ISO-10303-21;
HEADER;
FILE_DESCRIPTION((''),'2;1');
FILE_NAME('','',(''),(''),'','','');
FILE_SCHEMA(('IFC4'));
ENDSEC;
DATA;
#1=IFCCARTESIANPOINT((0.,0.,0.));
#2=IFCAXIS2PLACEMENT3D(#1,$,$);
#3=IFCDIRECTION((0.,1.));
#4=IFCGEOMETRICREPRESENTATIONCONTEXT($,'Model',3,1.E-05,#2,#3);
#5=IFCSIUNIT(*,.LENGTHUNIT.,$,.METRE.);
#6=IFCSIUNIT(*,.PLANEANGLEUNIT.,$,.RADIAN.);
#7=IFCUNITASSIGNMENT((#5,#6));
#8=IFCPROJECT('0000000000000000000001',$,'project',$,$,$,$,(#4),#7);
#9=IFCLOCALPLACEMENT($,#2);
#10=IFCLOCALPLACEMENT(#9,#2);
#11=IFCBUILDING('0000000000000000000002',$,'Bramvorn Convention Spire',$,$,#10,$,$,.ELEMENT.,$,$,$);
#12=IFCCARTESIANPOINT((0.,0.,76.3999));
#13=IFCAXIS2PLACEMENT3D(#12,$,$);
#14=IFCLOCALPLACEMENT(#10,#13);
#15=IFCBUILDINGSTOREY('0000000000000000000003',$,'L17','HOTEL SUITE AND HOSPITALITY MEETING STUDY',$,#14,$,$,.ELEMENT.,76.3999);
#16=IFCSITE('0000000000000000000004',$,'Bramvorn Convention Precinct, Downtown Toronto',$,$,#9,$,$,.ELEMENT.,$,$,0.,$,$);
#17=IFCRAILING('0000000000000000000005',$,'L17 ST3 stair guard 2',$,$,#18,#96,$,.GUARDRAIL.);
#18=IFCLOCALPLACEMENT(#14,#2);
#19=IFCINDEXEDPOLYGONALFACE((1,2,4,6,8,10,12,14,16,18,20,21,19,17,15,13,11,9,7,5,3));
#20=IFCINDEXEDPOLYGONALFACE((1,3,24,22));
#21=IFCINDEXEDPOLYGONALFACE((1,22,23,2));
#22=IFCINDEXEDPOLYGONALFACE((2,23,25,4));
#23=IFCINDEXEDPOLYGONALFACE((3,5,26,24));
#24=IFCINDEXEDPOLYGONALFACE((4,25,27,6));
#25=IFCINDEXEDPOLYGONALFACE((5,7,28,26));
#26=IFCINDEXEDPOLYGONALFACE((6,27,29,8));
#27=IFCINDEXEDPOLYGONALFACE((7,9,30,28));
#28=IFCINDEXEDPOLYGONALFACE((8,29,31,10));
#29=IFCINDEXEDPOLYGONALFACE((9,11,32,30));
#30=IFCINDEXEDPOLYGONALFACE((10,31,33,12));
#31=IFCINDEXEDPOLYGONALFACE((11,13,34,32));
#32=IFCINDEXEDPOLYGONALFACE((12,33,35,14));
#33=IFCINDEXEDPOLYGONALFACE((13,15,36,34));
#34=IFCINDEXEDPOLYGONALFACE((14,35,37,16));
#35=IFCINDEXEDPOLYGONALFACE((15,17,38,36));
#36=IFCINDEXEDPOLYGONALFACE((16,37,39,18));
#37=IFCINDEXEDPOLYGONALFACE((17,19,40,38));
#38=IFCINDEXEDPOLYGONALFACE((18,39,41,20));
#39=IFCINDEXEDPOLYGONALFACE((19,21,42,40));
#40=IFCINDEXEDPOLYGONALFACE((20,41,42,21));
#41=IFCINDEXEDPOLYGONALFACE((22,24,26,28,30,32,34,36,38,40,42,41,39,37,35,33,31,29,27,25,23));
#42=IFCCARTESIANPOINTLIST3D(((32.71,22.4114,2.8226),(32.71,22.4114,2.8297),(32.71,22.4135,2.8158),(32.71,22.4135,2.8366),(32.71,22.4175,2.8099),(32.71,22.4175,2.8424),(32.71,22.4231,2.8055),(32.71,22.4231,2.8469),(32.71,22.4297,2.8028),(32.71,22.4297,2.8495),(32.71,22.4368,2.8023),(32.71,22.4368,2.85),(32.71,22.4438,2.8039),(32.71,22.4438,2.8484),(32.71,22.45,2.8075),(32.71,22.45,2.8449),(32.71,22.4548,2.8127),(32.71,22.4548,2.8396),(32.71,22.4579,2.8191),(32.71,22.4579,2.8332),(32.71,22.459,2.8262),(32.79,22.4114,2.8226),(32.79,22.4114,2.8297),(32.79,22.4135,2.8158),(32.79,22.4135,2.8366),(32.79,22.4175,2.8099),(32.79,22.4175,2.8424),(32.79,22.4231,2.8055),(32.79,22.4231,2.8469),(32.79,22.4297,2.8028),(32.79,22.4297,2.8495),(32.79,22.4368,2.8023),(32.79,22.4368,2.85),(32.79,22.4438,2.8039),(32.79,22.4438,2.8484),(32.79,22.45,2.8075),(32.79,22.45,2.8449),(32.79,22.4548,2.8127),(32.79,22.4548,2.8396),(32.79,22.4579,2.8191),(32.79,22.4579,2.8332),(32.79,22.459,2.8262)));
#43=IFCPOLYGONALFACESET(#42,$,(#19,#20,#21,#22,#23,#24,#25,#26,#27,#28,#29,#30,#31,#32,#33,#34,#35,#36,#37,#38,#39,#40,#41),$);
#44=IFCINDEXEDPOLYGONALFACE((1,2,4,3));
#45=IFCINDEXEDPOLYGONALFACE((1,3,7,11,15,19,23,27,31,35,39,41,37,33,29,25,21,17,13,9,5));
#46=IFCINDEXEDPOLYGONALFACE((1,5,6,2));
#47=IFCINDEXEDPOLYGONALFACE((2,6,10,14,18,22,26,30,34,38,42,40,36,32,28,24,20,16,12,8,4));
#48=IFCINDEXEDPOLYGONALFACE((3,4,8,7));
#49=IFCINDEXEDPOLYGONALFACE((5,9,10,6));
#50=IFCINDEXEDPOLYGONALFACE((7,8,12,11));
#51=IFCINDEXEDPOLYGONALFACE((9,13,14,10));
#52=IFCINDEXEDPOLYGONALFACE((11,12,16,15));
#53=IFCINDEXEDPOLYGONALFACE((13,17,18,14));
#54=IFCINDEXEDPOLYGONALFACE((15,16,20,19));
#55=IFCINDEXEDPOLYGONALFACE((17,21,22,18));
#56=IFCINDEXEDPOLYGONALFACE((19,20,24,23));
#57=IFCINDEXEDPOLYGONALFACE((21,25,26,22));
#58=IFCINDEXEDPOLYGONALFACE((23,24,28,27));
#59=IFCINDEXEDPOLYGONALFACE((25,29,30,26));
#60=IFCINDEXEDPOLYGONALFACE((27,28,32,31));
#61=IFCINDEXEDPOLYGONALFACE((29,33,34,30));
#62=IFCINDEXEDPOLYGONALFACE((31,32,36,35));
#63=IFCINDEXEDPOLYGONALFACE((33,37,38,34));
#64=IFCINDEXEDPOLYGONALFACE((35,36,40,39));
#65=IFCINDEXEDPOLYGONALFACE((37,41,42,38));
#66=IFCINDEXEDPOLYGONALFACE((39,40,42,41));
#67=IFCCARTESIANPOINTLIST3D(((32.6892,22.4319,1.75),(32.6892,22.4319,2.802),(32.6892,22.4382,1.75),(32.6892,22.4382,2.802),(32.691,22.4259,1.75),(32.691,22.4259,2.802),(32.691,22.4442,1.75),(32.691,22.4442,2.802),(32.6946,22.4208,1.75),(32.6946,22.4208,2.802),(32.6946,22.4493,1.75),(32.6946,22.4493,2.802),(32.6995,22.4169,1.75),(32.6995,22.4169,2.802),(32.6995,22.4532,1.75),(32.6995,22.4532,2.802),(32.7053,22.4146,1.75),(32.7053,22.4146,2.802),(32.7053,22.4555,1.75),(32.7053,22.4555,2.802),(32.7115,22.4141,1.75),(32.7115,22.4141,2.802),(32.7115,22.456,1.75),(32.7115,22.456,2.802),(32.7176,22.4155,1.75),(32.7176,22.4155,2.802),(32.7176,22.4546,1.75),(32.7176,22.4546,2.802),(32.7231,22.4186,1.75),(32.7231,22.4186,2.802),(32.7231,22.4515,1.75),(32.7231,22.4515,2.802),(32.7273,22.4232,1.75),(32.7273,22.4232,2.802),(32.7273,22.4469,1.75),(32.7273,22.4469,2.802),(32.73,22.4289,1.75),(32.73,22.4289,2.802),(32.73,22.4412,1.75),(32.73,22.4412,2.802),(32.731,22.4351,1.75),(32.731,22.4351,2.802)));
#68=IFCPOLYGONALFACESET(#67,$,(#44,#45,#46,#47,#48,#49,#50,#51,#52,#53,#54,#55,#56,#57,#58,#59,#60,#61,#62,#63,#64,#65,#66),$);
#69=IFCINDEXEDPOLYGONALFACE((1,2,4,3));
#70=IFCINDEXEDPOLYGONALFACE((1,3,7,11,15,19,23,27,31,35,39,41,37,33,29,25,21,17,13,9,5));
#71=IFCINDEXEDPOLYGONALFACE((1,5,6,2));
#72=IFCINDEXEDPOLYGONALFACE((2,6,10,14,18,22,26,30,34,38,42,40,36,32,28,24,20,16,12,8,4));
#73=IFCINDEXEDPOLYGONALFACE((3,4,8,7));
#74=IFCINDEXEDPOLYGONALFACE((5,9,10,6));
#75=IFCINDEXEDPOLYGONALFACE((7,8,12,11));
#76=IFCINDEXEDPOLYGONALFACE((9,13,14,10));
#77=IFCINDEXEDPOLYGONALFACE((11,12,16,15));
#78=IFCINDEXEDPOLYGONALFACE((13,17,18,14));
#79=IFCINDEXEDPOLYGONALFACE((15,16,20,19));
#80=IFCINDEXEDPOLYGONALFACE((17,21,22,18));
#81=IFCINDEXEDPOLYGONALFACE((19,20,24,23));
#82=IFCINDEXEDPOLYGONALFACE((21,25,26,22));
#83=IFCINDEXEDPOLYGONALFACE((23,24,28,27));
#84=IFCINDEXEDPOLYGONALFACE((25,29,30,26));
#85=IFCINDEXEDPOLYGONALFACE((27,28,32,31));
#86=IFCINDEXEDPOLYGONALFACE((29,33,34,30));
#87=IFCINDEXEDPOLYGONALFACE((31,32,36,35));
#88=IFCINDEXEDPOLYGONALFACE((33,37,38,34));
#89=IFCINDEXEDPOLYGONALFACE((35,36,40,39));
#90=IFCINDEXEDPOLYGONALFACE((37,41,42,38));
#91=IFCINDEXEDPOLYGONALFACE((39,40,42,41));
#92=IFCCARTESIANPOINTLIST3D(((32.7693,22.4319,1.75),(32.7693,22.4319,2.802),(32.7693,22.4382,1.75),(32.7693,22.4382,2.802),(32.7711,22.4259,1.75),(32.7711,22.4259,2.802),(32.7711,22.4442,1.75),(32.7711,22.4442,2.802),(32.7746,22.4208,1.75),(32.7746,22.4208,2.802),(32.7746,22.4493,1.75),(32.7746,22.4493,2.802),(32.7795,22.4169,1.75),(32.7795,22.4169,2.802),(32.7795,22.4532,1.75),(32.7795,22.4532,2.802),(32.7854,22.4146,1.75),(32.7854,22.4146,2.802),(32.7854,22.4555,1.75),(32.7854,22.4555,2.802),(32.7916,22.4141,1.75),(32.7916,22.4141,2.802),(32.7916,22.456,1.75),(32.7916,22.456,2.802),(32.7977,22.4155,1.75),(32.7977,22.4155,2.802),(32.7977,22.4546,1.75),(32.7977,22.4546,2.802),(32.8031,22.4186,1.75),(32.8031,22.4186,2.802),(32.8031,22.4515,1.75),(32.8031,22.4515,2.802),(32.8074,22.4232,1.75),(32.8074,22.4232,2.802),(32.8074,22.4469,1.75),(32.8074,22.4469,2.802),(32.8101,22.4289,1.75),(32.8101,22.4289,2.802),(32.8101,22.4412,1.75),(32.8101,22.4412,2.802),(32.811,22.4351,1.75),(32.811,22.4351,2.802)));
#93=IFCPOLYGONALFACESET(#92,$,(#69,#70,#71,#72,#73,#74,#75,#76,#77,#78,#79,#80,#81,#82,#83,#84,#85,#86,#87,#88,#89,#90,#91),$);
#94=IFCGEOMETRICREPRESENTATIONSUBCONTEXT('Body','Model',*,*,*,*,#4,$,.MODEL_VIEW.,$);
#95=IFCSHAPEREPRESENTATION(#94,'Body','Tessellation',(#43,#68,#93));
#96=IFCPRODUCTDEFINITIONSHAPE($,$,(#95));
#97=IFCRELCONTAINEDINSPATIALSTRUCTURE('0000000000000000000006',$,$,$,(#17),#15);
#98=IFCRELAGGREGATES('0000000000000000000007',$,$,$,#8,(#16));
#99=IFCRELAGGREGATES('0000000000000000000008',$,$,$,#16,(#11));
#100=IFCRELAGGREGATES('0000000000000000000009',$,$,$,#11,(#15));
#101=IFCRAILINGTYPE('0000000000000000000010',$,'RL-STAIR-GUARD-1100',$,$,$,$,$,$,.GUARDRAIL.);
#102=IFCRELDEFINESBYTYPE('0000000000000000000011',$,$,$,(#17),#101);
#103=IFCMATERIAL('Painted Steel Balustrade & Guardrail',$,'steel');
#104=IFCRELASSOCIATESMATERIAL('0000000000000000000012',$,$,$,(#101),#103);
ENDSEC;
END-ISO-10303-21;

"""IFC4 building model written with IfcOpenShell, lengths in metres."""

from ifc_helpers import new_model, si_unit, direction, frame, origin, origin_2d, place, context, subcontext, project, spatial, circle, extrude, material, type_object, element, save


model = new_model("IFC4")

# Units and contexts
model_context = context("Model", 3, precision=1e-05, world=origin(), true_north=direction((0.0, 1.0)))
body_context = subcontext(model_context, "Body", "Model", "MODEL_VIEW")
ifc_project = project(units=[si_unit("LENGTHUNIT", "METRE"), si_unit("PLANEANGLEUNIT", "RADIAN")], contexts=[model_context])

# Site, building, storey
site_placement = place(None, origin())
site = spatial("IfcSite", under=ifc_project, at=site_placement, Name="Bramvorn Convention Precinct, Downtown Toronto", CompositionType="ELEMENT", RefElevation=0.0)
building_placement = place(site_placement, origin())
building = spatial("IfcBuilding", under=site, at=building_placement, Name="Bramvorn Convention Spire", CompositionType="ELEMENT")
storey_placement = place(building_placement, frame((0.0, 0.0, 76.3999)))
storey = spatial("IfcBuildingStorey", under=building, at=storey_placement, Name="L17", Description="HOTEL SUITE AND HOSPITALITY MEETING STUDY", CompositionType="ELEMENT", Elevation=76.3999)

# Railing
ifc_material_1 = material(Name="Painted Steel Balustrade & Guardrail", Category="steel")
railing_type_1 = type_object("IfcRailingType", Name="RL-STAIR-GUARD-1100", PredefinedType="GUARDRAIL", material=ifc_material_1)
railing_1_placement = place(storey_placement, frame((32.71, 22.4351, 1.75)))
element("IfcRailing", 1, at=railing_1_placement, inside=storey, type_object=railing_type_1, Name="L17 ST3 stair guard 2", PredefinedType="GUARDRAIL", context=body_context, shape_type="SweptSolid", body=[
    extrude(circle(Radius=0.0239, at=origin_2d()), frame((0.0, 0.0, 1.0762), z_axis=(1.0, 0.0, 0.0), x_axis=(0.0, 1.0, 0.0)), (0.0, 0.0, 1.0), 0.0801),
    extrude(circle(Radius=0.021, at=origin_2d()), origin(), (0.0, 0.0, 1.0), 1.052),
    extrude(circle(Radius=0.021, at=origin_2d()), frame((0.0801, 0.0, 0.0)), (0.0, 0.0, 1.0), 1.052),
])

save(model, "model.ifc")
